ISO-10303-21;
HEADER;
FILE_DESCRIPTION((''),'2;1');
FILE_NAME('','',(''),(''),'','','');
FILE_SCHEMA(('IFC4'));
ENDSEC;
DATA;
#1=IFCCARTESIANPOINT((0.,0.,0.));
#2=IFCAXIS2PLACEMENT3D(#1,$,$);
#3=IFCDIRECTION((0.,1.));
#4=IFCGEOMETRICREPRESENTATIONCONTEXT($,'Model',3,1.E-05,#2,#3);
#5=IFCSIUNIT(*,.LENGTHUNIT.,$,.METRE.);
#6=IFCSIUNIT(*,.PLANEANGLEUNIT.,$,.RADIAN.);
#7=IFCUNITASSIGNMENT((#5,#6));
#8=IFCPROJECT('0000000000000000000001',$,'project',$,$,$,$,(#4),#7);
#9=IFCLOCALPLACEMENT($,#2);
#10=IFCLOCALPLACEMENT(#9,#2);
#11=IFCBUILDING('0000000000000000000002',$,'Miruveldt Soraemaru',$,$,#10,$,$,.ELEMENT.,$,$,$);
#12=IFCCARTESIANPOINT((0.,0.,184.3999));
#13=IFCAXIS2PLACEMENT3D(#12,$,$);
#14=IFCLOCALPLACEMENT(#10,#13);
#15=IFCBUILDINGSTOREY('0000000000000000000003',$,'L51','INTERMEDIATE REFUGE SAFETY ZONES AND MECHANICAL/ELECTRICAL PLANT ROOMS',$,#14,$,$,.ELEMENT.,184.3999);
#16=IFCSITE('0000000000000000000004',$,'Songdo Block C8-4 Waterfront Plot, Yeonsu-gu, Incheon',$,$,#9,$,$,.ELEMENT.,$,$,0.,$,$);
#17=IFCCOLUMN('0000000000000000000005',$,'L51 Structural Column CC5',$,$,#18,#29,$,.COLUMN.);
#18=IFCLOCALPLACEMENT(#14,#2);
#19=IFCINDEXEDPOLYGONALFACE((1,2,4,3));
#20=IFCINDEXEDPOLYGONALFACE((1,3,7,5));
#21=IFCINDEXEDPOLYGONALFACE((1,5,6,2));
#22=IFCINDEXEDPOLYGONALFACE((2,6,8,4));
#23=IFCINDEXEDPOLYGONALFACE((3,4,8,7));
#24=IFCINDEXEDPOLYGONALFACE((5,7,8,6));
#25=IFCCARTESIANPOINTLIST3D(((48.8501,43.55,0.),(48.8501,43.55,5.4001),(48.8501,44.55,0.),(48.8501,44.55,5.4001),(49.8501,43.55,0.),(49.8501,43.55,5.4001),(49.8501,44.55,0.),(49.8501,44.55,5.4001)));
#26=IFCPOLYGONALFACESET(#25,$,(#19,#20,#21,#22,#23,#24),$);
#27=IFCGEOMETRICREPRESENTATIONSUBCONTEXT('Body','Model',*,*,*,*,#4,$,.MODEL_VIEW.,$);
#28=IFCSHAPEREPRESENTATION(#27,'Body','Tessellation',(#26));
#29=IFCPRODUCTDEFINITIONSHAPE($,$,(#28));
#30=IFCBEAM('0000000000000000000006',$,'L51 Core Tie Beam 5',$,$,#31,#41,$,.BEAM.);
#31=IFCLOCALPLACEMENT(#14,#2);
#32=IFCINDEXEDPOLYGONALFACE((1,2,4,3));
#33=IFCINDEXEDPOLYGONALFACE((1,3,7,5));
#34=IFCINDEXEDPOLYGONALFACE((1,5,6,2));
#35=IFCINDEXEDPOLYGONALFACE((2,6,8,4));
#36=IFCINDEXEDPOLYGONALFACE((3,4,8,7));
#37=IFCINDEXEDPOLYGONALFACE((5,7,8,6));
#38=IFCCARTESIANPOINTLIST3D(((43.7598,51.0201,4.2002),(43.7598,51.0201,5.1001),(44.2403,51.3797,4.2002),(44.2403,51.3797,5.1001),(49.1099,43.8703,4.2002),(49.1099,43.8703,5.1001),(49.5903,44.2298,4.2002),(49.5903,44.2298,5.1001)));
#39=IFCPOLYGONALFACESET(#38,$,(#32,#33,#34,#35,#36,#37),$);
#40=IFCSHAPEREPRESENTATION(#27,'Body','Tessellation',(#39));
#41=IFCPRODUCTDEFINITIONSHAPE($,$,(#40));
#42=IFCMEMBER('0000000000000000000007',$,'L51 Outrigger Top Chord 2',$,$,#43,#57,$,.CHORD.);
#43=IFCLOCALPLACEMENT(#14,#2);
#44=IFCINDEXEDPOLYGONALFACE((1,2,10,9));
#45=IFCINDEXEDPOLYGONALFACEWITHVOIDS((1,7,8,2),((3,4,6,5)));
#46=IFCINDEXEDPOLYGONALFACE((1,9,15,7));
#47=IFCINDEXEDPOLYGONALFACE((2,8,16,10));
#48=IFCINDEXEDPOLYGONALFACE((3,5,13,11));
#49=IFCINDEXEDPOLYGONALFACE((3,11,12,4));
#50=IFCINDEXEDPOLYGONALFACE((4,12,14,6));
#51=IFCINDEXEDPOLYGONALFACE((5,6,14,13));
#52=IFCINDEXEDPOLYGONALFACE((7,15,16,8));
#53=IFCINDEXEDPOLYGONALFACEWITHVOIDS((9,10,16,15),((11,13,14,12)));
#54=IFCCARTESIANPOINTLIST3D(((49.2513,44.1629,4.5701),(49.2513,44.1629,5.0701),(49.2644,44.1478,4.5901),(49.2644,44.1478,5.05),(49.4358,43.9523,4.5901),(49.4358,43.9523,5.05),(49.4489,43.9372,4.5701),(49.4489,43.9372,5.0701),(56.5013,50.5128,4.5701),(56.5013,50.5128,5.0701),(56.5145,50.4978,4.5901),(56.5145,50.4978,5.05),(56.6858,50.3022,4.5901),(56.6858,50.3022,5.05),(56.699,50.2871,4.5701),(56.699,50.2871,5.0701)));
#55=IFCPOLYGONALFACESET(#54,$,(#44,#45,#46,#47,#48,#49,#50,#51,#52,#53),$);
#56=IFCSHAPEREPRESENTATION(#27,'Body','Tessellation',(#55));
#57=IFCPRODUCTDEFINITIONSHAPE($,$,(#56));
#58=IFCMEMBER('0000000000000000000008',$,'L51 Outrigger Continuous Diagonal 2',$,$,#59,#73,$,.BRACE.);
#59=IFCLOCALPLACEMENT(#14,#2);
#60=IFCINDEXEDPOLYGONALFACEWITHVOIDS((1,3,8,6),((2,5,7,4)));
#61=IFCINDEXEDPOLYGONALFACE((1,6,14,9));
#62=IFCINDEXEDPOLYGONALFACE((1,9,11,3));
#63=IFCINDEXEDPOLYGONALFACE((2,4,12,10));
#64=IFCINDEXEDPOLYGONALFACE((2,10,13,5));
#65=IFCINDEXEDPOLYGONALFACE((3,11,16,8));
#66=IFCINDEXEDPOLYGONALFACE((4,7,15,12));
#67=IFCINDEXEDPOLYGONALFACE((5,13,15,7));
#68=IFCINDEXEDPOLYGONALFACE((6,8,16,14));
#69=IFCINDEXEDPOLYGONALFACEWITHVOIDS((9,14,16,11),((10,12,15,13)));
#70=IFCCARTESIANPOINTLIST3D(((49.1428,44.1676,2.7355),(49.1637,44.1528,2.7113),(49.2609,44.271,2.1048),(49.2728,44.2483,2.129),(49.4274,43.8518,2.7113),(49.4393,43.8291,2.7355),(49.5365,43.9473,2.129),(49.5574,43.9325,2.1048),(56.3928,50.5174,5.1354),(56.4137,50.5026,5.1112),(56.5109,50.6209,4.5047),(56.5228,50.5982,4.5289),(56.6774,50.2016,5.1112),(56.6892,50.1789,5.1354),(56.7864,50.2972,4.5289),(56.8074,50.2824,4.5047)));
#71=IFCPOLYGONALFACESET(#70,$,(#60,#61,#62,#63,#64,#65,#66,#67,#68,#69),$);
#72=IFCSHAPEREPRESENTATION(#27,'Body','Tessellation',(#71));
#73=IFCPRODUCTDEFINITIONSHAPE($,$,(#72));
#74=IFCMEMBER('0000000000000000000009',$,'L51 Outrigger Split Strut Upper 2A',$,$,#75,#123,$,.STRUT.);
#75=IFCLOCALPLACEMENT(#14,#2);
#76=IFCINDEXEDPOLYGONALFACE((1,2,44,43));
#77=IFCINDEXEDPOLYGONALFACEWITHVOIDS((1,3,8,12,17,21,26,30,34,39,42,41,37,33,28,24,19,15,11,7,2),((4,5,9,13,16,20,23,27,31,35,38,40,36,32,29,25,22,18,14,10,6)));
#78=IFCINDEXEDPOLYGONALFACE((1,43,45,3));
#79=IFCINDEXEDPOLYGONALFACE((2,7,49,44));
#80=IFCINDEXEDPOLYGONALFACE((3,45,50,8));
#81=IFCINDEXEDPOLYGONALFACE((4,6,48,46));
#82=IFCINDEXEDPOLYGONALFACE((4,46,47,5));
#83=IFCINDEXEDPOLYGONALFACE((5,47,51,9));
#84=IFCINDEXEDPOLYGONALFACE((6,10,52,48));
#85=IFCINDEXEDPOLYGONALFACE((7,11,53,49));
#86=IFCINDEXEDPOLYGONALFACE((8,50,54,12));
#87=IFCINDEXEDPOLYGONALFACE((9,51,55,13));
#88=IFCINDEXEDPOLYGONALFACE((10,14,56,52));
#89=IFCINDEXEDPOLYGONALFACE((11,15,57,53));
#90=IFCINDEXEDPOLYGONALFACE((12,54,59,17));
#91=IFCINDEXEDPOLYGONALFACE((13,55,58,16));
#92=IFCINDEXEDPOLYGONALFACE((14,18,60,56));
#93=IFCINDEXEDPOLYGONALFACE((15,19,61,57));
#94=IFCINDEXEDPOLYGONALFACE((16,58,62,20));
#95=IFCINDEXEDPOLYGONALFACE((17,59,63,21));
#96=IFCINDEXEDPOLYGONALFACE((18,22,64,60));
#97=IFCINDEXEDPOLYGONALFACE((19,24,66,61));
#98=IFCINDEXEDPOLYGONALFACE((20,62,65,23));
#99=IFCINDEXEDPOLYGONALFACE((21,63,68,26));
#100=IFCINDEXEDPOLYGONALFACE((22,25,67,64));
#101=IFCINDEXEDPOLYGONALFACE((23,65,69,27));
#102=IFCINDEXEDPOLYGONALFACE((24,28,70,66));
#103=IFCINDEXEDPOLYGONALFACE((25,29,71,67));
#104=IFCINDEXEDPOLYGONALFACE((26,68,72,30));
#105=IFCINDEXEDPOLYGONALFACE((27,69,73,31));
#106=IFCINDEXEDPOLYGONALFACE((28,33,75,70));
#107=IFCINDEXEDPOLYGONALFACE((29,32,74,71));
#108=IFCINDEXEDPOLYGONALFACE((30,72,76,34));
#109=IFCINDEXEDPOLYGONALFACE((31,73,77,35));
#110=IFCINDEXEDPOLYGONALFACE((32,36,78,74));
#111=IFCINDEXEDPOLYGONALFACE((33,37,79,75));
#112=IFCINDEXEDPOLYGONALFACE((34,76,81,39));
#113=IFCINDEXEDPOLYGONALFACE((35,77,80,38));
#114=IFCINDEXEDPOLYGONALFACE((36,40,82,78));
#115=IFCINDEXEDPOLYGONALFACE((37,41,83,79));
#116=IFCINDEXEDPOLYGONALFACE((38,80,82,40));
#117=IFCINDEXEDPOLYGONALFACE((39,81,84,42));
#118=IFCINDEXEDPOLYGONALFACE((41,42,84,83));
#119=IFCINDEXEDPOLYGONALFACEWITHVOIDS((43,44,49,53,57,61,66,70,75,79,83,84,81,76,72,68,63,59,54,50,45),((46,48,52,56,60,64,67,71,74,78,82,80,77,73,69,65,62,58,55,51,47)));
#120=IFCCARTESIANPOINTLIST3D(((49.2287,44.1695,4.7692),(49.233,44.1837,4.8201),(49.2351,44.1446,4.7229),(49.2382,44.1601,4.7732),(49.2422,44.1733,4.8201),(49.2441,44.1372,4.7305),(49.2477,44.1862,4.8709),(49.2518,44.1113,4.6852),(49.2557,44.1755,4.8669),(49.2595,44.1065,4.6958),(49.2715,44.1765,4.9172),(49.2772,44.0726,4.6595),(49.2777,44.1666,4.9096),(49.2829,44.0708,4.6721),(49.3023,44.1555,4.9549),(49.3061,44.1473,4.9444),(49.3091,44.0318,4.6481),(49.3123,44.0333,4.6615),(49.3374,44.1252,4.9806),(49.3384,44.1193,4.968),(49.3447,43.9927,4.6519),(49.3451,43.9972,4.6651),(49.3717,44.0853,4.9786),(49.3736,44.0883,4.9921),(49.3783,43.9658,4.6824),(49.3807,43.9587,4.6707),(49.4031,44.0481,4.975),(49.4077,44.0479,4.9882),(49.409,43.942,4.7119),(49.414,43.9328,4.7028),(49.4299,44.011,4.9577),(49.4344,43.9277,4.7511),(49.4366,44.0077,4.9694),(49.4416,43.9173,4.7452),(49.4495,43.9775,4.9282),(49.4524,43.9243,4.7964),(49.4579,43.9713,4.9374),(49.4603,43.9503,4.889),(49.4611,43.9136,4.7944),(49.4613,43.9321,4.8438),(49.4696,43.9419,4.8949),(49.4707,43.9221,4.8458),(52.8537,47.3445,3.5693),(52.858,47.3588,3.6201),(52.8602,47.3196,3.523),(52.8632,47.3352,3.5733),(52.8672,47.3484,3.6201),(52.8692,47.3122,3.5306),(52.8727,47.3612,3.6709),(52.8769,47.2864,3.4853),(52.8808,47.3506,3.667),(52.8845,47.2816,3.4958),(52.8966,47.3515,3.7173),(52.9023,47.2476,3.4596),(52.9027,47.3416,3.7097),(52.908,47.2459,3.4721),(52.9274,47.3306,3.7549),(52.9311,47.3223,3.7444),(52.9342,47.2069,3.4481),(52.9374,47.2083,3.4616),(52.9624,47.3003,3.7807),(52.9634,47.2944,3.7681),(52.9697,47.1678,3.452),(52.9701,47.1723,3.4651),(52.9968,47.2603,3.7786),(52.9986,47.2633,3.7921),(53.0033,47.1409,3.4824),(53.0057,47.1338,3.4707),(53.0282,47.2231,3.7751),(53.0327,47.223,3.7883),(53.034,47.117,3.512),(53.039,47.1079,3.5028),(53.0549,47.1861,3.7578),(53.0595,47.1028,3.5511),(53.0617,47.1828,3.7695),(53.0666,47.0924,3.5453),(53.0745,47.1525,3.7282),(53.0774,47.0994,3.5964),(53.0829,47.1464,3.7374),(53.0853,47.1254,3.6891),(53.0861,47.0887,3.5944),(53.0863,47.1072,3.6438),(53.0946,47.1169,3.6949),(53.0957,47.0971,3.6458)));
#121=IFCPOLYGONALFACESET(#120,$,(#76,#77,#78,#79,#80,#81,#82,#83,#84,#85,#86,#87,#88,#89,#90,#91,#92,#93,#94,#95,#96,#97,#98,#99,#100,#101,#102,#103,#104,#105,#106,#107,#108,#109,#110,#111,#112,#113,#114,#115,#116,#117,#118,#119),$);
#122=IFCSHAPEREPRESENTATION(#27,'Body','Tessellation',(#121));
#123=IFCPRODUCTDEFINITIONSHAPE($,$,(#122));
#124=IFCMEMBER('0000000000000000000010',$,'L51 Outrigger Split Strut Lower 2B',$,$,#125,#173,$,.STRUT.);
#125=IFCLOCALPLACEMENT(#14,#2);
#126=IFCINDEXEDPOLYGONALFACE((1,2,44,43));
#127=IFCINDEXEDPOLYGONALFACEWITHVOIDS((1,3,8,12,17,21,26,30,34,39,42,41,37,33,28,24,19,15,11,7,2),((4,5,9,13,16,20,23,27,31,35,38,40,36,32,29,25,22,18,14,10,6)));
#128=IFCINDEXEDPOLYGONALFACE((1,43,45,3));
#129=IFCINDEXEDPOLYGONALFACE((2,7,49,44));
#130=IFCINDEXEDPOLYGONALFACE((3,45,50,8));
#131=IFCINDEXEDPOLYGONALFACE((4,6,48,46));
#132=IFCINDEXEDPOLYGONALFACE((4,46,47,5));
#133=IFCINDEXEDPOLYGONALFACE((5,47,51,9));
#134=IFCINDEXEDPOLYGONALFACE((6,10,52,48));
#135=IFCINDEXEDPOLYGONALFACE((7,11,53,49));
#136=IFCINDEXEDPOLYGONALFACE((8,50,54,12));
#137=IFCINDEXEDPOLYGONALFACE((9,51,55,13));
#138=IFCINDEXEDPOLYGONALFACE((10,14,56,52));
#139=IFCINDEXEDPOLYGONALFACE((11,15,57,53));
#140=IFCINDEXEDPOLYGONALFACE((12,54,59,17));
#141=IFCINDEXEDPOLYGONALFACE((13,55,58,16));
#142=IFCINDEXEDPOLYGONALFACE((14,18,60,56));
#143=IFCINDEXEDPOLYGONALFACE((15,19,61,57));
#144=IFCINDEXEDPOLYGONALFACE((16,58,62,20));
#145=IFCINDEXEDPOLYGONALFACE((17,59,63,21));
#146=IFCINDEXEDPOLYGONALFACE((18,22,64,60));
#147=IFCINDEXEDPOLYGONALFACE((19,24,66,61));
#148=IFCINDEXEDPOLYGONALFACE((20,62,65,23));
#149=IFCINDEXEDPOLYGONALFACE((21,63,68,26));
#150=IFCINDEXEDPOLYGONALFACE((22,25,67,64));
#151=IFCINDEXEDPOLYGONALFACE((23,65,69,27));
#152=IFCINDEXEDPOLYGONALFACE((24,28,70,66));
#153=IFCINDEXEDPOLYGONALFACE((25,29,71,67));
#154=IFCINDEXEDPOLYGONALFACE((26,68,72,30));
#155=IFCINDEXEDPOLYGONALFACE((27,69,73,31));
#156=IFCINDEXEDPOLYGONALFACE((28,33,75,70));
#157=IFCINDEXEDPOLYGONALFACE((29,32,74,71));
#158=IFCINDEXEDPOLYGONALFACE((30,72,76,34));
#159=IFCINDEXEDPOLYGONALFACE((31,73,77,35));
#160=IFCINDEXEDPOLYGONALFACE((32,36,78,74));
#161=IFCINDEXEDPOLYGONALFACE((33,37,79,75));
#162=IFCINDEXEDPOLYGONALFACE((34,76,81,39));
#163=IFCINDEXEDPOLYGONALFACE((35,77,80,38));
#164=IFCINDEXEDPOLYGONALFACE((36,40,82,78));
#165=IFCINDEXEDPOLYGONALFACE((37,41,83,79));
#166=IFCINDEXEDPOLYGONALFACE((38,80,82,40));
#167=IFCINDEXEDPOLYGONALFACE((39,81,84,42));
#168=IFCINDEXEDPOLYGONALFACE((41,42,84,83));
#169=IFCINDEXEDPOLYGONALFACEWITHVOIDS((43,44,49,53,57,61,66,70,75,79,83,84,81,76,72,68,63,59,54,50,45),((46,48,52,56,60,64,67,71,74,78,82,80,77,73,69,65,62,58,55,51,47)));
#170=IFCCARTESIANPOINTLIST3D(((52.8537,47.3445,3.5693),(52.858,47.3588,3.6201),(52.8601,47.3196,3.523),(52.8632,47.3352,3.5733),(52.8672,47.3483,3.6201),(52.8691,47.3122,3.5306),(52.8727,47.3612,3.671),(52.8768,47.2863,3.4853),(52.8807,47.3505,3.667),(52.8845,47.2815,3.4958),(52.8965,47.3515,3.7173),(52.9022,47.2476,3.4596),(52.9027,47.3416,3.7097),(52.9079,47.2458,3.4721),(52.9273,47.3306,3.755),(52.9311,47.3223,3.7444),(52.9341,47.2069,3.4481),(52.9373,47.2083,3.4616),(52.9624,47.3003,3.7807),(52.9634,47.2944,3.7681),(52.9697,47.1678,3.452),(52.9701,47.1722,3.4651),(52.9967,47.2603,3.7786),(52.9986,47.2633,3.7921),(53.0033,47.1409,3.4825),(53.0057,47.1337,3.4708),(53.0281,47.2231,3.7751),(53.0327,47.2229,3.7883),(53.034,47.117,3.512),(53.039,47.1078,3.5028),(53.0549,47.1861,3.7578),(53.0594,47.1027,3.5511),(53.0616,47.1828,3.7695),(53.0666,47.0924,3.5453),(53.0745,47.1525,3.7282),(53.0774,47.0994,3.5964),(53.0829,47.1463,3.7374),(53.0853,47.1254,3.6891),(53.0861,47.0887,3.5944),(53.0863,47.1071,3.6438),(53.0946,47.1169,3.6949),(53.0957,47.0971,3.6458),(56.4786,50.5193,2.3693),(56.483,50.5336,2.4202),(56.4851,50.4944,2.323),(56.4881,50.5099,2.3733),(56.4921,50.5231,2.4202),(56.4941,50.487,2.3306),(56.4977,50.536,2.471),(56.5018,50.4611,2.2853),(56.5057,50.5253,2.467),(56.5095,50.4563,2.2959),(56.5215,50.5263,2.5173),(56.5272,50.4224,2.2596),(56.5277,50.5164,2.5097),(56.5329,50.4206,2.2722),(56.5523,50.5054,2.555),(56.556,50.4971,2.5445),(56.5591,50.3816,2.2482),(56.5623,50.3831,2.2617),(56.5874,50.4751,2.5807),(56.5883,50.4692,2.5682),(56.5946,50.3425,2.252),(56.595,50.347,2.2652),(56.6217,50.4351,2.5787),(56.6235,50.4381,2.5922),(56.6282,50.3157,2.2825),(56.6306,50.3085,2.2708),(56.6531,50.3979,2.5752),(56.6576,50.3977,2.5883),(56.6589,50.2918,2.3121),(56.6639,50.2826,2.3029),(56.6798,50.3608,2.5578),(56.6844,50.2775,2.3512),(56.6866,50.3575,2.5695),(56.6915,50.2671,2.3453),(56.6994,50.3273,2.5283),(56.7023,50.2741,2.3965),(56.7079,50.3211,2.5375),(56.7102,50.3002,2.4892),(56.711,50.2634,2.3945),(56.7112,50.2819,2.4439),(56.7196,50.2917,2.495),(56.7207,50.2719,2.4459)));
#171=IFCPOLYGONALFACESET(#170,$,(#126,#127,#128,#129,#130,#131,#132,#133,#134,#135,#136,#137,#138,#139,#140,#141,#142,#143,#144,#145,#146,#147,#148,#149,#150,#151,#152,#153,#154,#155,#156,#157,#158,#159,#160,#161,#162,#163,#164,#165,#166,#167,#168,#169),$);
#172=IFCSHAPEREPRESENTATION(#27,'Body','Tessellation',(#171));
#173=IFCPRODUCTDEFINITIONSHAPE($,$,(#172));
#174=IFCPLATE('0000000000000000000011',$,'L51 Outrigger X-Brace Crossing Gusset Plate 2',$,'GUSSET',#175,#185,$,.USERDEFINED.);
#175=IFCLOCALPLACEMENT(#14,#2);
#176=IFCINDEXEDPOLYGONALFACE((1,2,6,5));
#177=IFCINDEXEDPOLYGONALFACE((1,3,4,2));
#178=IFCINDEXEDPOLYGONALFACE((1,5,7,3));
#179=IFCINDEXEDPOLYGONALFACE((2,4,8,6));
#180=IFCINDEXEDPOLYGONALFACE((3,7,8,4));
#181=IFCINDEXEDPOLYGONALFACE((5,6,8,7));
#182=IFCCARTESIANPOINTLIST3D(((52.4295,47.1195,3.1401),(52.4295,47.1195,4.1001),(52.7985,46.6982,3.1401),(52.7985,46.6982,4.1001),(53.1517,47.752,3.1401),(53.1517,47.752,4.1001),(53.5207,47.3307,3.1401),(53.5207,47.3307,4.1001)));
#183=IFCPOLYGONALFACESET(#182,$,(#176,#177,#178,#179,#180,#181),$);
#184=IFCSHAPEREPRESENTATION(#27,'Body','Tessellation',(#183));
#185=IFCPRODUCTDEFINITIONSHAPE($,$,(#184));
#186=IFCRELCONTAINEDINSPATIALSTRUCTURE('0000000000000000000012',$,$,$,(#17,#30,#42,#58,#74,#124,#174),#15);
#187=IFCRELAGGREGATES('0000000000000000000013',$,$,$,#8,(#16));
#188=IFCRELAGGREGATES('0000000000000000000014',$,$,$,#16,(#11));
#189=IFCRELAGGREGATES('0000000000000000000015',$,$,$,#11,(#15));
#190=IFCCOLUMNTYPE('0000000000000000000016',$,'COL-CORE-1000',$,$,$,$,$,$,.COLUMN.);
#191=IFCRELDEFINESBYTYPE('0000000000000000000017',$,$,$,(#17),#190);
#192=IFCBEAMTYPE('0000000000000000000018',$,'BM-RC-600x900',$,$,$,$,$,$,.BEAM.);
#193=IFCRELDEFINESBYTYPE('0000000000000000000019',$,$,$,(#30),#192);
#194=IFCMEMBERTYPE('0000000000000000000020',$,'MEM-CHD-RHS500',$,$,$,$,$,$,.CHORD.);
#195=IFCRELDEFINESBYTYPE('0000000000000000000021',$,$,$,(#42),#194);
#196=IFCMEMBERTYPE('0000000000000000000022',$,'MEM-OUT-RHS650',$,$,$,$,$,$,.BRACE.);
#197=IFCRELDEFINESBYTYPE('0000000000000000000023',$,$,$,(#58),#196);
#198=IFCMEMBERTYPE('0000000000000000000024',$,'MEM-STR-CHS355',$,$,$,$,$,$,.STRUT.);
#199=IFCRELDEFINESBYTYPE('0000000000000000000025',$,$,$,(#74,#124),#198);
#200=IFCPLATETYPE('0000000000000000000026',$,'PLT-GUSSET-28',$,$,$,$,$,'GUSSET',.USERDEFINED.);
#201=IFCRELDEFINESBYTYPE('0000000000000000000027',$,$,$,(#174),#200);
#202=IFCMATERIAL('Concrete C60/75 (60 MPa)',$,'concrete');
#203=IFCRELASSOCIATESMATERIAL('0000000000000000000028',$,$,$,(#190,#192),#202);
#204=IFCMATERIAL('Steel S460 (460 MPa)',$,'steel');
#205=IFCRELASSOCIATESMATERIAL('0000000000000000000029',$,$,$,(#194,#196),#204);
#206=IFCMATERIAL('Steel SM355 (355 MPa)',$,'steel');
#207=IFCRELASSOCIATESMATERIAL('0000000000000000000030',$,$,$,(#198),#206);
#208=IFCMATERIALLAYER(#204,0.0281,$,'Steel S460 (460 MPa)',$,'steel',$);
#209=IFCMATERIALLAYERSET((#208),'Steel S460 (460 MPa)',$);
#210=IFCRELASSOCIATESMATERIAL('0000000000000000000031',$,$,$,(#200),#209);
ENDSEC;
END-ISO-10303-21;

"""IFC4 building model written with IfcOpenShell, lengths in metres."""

from ifc_helpers import new_model, si_unit, direction, frame, origin, origin_2d, place, context, subcontext, project, spatial, rectangle, hollow_rectangle, hollow_circle, extrude, material, layer, layer_set, material_profile, profile_set, type_object, element, save


model = new_model("IFC4")

# Units and contexts
model_context = context("Model", 3, precision=1e-05, world=origin(), true_north=direction((0.0, 1.0)))
body_context = subcontext(model_context, "Body", "Model", "MODEL_VIEW")
ifc_project = project(units=[si_unit("LENGTHUNIT", "METRE"), si_unit("PLANEANGLEUNIT", "RADIAN")], contexts=[model_context])

# Site, building, storey
site_placement = place(None, origin())
site = spatial("IfcSite", under=ifc_project, at=site_placement, Name="Songdo Block C8-4 Waterfront Plot, Yeonsu-gu, Incheon", CompositionType="ELEMENT", RefElevation=0.0)
building_placement = place(site_placement, origin())
building = spatial("IfcBuilding", under=site, at=building_placement, Name="Miruveldt Soraemaru", CompositionType="ELEMENT")
storey_placement = place(building_placement, frame((0.0, 0.0, 184.3999)))
storey = spatial("IfcBuildingStorey", under=building, at=storey_placement, Name="L51", Description="INTERMEDIATE REFUGE SAFETY ZONES AND MECHANICAL/ELECTRICAL PLANT ROOMS", CompositionType="ELEMENT", Elevation=184.3999)

# Column
ifc_material_1 = material(Name="Concrete C60/75 (60 MPa)", Category="concrete")
ifc_material_profile_1 = material_profile(ifc_material_1, rectangle(XDim=1.0, YDim=1.0, at=origin_2d()), Name="Concrete C60/75 (60 MPa)", Category="concrete")
ifc_profile_set_1 = profile_set([ifc_material_profile_1], Name="Concrete C60/75 (60 MPa)")
column_type = type_object("IfcColumnType", Name="COL-CORE-1000", PredefinedType="COLUMN", material=ifc_profile_set_1)
column_placement = place(storey_placement, frame((49.3501, 44.05, 0.0), z_axis=(0.0, 0.0, 1.0), x_axis=(1.0, 0.0, 0.0)))
element("IfcColumn", 1, at=column_placement, inside=storey, type_object=column_type, Name="L51 Structural Column CC5", PredefinedType="COLUMN", context=body_context, shape_type="SweptSolid", body=[
    extrude(rectangle(XDim=1.0, YDim=1.0, at=origin_2d()), origin(), (0.0, 0.0, 1.0), 5.4001),
])

# Beam
ifc_material_profile_2 = material_profile(ifc_material_1, rectangle(XDim=0.6001, YDim=0.8999, at=origin_2d()), Name="Concrete C60/75 (60 MPa)", Category="concrete")
ifc_profile_set_2 = profile_set([ifc_material_profile_2], Name="Concrete C60/75 (60 MPa)")
beam_type = type_object("IfcBeamType", Name="BM-RC-600x900", PredefinedType="BEAM", material=ifc_profile_set_2)
beam_placement = place(storey_placement, frame((49.3501, 44.05, 4.6501), z_axis=(-0.599116, 0.800662, 0.0), x_axis=(-0.800662, -0.599116, 0.0)))
element("IfcBeam", 2, at=beam_placement, inside=storey, type_object=beam_type, Name="L51 Core Tie Beam 5", PredefinedType="BEAM", context=body_context, shape_type="SweptSolid", body=[
    extrude(rectangle(XDim=0.6001, YDim=0.8999, at=origin_2d()), origin(), (0.0, 0.0, 1.0), 8.9299),
])

# Members
ifc_material_2 = material(Name="Steel S460 (460 MPa)", Category="steel")
ifc_material_profile_3 = material_profile(ifc_material_2, hollow_rectangle(XDim=0.3, YDim=0.5, WallThickness=0.02, at=origin_2d()), Name="Steel S460 (460 MPa)", Category="steel")
ifc_profile_set_3 = profile_set([ifc_material_profile_3], Name="Steel S460 (460 MPa)")
member_type_1 = type_object("IfcMemberType", Name="MEM-CHD-RHS500", PredefinedType="CHORD", material=ifc_profile_set_3)
member_1_placement = place(storey_placement, frame((49.3501, 44.05, 4.8201), z_axis=(0.752263, 0.658863, 0.0), x_axis=(-0.658863, 0.752263, 0.0)))
element("IfcMember", 3, at=member_1_placement, inside=storey, type_object=member_type_1, Name="L51 Outrigger Top Chord 2", PredefinedType="CHORD", context=body_context, shape_type="SweptSolid", body=[
    extrude(hollow_rectangle(XDim=0.3, YDim=0.5, WallThickness=0.02, at=origin_2d()), origin(), (0.0, 0.0, 1.0), 9.6377),
])
ifc_material_profile_4 = material_profile(ifc_material_2, hollow_rectangle(XDim=0.45, YDim=0.6499, WallThickness=0.0249, at=origin_2d()), Name="Steel S460 (460 MPa)", Category="steel")
ifc_profile_set_4 = profile_set([ifc_material_profile_4], Name="Steel S460 (460 MPa)")
member_type_2 = type_object("IfcMemberType", Name="MEM-OUT-RHS650", PredefinedType="BRACE", material=ifc_profile_set_4)
member_2_placement = place(storey_placement, frame((49.3501, 44.05, 2.4202), z_axis=(0.729971, 0.639339, 0.241636), x_axis=(-0.658863, 0.752263, 0.0)))
element("IfcMember", 4, at=member_2_placement, inside=storey, type_object=member_type_2, Name="L51 Outrigger Continuous Diagonal 2", PredefinedType="BRACE", context=body_context, shape_type="SweptSolid", body=[
    extrude(hollow_rectangle(XDim=0.45, YDim=0.6499, WallThickness=0.0249, at=origin_2d()), origin(), (0.0, 0.0, 1.0), 9.9319),
])
ifc_material_3 = material(Name="Steel SM355 (355 MPa)", Category="steel")
ifc_material_profile_5 = material_profile(ifc_material_3, hollow_circle(Radius=0.1777, WallThickness=0.0139, at=origin_2d()), Name="Steel SM355 (355 MPa)", Category="steel")
ifc_profile_set_5 = profile_set([ifc_material_profile_5], Name="Steel SM355 (355 MPa)")
member_type_3 = type_object("IfcMemberType", Name="MEM-STR-CHS355", PredefinedType="STRUT", material=ifc_profile_set_5)
member_3_placement = place(storey_placement, frame((49.3501, 44.05, 4.8201), z_axis=(0.72996, 0.639354, -0.241632), x_axis=(-0.658878, 0.75225, 0.0)))
element("IfcMember", 5, at=member_3_placement, inside=storey, type_object=member_type_3, Name="L51 Outrigger Split Strut Upper 2A", PredefinedType="STRUT", context=body_context, shape_type="SweptSolid", body=[
    extrude(hollow_circle(Radius=0.1777, WallThickness=0.0139, at=origin_2d()), origin(), (0.0, 0.0, 1.0), 4.9661),
])
member_4_placement = place(storey_placement, frame((52.9751, 47.2251, 3.6201), z_axis=(0.729982, 0.639325, -0.24164), x_axis=(-0.658849, 0.752275, 0.0)))
element("IfcMember", 6, at=member_4_placement, inside=storey, type_object=member_type_3, Name="L51 Outrigger Split Strut Lower 2B", PredefinedType="STRUT", context=body_context, shape_type="SweptSolid", body=[
    extrude(hollow_circle(Radius=0.1777, WallThickness=0.0139, at=origin_2d()), origin(), (0.0, 0.0, 1.0), 4.9658),
])

# Plate
ifc_layer_1 = layer(ifc_material_2, 0.0281, Name="Steel S460 (460 MPa)", Category="steel")
ifc_layer_set_1 = layer_set([ifc_layer_1], Name="Steel S460 (460 MPa)")
plate_type = type_object("IfcPlateType", Name="PLT-GUSSET-28", ElementType="GUSSET", PredefinedType="USERDEFINED", material=ifc_layer_set_1)
plate_placement = place(storey_placement, frame((52.9751, 47.2251, 3.1401), z_axis=(0.0, 0.0, 1.0), x_axis=(0.7523, 0.658821, 0.0)))
element("IfcPlate", 7, at=plate_placement, inside=storey, type_object=plate_type, Name="L51 Outrigger X-Brace Crossing Gusset Plate 2", ObjectType="GUSSET", PredefinedType="USERDEFINED", context=body_context, shape_type="SweptSolid", body=[
    extrude(rectangle(XDim=0.96, YDim=0.5601, at=origin_2d()), origin(), (0.0, 0.0, 1.0), 0.96),
])

save(model, "model.ifc")
